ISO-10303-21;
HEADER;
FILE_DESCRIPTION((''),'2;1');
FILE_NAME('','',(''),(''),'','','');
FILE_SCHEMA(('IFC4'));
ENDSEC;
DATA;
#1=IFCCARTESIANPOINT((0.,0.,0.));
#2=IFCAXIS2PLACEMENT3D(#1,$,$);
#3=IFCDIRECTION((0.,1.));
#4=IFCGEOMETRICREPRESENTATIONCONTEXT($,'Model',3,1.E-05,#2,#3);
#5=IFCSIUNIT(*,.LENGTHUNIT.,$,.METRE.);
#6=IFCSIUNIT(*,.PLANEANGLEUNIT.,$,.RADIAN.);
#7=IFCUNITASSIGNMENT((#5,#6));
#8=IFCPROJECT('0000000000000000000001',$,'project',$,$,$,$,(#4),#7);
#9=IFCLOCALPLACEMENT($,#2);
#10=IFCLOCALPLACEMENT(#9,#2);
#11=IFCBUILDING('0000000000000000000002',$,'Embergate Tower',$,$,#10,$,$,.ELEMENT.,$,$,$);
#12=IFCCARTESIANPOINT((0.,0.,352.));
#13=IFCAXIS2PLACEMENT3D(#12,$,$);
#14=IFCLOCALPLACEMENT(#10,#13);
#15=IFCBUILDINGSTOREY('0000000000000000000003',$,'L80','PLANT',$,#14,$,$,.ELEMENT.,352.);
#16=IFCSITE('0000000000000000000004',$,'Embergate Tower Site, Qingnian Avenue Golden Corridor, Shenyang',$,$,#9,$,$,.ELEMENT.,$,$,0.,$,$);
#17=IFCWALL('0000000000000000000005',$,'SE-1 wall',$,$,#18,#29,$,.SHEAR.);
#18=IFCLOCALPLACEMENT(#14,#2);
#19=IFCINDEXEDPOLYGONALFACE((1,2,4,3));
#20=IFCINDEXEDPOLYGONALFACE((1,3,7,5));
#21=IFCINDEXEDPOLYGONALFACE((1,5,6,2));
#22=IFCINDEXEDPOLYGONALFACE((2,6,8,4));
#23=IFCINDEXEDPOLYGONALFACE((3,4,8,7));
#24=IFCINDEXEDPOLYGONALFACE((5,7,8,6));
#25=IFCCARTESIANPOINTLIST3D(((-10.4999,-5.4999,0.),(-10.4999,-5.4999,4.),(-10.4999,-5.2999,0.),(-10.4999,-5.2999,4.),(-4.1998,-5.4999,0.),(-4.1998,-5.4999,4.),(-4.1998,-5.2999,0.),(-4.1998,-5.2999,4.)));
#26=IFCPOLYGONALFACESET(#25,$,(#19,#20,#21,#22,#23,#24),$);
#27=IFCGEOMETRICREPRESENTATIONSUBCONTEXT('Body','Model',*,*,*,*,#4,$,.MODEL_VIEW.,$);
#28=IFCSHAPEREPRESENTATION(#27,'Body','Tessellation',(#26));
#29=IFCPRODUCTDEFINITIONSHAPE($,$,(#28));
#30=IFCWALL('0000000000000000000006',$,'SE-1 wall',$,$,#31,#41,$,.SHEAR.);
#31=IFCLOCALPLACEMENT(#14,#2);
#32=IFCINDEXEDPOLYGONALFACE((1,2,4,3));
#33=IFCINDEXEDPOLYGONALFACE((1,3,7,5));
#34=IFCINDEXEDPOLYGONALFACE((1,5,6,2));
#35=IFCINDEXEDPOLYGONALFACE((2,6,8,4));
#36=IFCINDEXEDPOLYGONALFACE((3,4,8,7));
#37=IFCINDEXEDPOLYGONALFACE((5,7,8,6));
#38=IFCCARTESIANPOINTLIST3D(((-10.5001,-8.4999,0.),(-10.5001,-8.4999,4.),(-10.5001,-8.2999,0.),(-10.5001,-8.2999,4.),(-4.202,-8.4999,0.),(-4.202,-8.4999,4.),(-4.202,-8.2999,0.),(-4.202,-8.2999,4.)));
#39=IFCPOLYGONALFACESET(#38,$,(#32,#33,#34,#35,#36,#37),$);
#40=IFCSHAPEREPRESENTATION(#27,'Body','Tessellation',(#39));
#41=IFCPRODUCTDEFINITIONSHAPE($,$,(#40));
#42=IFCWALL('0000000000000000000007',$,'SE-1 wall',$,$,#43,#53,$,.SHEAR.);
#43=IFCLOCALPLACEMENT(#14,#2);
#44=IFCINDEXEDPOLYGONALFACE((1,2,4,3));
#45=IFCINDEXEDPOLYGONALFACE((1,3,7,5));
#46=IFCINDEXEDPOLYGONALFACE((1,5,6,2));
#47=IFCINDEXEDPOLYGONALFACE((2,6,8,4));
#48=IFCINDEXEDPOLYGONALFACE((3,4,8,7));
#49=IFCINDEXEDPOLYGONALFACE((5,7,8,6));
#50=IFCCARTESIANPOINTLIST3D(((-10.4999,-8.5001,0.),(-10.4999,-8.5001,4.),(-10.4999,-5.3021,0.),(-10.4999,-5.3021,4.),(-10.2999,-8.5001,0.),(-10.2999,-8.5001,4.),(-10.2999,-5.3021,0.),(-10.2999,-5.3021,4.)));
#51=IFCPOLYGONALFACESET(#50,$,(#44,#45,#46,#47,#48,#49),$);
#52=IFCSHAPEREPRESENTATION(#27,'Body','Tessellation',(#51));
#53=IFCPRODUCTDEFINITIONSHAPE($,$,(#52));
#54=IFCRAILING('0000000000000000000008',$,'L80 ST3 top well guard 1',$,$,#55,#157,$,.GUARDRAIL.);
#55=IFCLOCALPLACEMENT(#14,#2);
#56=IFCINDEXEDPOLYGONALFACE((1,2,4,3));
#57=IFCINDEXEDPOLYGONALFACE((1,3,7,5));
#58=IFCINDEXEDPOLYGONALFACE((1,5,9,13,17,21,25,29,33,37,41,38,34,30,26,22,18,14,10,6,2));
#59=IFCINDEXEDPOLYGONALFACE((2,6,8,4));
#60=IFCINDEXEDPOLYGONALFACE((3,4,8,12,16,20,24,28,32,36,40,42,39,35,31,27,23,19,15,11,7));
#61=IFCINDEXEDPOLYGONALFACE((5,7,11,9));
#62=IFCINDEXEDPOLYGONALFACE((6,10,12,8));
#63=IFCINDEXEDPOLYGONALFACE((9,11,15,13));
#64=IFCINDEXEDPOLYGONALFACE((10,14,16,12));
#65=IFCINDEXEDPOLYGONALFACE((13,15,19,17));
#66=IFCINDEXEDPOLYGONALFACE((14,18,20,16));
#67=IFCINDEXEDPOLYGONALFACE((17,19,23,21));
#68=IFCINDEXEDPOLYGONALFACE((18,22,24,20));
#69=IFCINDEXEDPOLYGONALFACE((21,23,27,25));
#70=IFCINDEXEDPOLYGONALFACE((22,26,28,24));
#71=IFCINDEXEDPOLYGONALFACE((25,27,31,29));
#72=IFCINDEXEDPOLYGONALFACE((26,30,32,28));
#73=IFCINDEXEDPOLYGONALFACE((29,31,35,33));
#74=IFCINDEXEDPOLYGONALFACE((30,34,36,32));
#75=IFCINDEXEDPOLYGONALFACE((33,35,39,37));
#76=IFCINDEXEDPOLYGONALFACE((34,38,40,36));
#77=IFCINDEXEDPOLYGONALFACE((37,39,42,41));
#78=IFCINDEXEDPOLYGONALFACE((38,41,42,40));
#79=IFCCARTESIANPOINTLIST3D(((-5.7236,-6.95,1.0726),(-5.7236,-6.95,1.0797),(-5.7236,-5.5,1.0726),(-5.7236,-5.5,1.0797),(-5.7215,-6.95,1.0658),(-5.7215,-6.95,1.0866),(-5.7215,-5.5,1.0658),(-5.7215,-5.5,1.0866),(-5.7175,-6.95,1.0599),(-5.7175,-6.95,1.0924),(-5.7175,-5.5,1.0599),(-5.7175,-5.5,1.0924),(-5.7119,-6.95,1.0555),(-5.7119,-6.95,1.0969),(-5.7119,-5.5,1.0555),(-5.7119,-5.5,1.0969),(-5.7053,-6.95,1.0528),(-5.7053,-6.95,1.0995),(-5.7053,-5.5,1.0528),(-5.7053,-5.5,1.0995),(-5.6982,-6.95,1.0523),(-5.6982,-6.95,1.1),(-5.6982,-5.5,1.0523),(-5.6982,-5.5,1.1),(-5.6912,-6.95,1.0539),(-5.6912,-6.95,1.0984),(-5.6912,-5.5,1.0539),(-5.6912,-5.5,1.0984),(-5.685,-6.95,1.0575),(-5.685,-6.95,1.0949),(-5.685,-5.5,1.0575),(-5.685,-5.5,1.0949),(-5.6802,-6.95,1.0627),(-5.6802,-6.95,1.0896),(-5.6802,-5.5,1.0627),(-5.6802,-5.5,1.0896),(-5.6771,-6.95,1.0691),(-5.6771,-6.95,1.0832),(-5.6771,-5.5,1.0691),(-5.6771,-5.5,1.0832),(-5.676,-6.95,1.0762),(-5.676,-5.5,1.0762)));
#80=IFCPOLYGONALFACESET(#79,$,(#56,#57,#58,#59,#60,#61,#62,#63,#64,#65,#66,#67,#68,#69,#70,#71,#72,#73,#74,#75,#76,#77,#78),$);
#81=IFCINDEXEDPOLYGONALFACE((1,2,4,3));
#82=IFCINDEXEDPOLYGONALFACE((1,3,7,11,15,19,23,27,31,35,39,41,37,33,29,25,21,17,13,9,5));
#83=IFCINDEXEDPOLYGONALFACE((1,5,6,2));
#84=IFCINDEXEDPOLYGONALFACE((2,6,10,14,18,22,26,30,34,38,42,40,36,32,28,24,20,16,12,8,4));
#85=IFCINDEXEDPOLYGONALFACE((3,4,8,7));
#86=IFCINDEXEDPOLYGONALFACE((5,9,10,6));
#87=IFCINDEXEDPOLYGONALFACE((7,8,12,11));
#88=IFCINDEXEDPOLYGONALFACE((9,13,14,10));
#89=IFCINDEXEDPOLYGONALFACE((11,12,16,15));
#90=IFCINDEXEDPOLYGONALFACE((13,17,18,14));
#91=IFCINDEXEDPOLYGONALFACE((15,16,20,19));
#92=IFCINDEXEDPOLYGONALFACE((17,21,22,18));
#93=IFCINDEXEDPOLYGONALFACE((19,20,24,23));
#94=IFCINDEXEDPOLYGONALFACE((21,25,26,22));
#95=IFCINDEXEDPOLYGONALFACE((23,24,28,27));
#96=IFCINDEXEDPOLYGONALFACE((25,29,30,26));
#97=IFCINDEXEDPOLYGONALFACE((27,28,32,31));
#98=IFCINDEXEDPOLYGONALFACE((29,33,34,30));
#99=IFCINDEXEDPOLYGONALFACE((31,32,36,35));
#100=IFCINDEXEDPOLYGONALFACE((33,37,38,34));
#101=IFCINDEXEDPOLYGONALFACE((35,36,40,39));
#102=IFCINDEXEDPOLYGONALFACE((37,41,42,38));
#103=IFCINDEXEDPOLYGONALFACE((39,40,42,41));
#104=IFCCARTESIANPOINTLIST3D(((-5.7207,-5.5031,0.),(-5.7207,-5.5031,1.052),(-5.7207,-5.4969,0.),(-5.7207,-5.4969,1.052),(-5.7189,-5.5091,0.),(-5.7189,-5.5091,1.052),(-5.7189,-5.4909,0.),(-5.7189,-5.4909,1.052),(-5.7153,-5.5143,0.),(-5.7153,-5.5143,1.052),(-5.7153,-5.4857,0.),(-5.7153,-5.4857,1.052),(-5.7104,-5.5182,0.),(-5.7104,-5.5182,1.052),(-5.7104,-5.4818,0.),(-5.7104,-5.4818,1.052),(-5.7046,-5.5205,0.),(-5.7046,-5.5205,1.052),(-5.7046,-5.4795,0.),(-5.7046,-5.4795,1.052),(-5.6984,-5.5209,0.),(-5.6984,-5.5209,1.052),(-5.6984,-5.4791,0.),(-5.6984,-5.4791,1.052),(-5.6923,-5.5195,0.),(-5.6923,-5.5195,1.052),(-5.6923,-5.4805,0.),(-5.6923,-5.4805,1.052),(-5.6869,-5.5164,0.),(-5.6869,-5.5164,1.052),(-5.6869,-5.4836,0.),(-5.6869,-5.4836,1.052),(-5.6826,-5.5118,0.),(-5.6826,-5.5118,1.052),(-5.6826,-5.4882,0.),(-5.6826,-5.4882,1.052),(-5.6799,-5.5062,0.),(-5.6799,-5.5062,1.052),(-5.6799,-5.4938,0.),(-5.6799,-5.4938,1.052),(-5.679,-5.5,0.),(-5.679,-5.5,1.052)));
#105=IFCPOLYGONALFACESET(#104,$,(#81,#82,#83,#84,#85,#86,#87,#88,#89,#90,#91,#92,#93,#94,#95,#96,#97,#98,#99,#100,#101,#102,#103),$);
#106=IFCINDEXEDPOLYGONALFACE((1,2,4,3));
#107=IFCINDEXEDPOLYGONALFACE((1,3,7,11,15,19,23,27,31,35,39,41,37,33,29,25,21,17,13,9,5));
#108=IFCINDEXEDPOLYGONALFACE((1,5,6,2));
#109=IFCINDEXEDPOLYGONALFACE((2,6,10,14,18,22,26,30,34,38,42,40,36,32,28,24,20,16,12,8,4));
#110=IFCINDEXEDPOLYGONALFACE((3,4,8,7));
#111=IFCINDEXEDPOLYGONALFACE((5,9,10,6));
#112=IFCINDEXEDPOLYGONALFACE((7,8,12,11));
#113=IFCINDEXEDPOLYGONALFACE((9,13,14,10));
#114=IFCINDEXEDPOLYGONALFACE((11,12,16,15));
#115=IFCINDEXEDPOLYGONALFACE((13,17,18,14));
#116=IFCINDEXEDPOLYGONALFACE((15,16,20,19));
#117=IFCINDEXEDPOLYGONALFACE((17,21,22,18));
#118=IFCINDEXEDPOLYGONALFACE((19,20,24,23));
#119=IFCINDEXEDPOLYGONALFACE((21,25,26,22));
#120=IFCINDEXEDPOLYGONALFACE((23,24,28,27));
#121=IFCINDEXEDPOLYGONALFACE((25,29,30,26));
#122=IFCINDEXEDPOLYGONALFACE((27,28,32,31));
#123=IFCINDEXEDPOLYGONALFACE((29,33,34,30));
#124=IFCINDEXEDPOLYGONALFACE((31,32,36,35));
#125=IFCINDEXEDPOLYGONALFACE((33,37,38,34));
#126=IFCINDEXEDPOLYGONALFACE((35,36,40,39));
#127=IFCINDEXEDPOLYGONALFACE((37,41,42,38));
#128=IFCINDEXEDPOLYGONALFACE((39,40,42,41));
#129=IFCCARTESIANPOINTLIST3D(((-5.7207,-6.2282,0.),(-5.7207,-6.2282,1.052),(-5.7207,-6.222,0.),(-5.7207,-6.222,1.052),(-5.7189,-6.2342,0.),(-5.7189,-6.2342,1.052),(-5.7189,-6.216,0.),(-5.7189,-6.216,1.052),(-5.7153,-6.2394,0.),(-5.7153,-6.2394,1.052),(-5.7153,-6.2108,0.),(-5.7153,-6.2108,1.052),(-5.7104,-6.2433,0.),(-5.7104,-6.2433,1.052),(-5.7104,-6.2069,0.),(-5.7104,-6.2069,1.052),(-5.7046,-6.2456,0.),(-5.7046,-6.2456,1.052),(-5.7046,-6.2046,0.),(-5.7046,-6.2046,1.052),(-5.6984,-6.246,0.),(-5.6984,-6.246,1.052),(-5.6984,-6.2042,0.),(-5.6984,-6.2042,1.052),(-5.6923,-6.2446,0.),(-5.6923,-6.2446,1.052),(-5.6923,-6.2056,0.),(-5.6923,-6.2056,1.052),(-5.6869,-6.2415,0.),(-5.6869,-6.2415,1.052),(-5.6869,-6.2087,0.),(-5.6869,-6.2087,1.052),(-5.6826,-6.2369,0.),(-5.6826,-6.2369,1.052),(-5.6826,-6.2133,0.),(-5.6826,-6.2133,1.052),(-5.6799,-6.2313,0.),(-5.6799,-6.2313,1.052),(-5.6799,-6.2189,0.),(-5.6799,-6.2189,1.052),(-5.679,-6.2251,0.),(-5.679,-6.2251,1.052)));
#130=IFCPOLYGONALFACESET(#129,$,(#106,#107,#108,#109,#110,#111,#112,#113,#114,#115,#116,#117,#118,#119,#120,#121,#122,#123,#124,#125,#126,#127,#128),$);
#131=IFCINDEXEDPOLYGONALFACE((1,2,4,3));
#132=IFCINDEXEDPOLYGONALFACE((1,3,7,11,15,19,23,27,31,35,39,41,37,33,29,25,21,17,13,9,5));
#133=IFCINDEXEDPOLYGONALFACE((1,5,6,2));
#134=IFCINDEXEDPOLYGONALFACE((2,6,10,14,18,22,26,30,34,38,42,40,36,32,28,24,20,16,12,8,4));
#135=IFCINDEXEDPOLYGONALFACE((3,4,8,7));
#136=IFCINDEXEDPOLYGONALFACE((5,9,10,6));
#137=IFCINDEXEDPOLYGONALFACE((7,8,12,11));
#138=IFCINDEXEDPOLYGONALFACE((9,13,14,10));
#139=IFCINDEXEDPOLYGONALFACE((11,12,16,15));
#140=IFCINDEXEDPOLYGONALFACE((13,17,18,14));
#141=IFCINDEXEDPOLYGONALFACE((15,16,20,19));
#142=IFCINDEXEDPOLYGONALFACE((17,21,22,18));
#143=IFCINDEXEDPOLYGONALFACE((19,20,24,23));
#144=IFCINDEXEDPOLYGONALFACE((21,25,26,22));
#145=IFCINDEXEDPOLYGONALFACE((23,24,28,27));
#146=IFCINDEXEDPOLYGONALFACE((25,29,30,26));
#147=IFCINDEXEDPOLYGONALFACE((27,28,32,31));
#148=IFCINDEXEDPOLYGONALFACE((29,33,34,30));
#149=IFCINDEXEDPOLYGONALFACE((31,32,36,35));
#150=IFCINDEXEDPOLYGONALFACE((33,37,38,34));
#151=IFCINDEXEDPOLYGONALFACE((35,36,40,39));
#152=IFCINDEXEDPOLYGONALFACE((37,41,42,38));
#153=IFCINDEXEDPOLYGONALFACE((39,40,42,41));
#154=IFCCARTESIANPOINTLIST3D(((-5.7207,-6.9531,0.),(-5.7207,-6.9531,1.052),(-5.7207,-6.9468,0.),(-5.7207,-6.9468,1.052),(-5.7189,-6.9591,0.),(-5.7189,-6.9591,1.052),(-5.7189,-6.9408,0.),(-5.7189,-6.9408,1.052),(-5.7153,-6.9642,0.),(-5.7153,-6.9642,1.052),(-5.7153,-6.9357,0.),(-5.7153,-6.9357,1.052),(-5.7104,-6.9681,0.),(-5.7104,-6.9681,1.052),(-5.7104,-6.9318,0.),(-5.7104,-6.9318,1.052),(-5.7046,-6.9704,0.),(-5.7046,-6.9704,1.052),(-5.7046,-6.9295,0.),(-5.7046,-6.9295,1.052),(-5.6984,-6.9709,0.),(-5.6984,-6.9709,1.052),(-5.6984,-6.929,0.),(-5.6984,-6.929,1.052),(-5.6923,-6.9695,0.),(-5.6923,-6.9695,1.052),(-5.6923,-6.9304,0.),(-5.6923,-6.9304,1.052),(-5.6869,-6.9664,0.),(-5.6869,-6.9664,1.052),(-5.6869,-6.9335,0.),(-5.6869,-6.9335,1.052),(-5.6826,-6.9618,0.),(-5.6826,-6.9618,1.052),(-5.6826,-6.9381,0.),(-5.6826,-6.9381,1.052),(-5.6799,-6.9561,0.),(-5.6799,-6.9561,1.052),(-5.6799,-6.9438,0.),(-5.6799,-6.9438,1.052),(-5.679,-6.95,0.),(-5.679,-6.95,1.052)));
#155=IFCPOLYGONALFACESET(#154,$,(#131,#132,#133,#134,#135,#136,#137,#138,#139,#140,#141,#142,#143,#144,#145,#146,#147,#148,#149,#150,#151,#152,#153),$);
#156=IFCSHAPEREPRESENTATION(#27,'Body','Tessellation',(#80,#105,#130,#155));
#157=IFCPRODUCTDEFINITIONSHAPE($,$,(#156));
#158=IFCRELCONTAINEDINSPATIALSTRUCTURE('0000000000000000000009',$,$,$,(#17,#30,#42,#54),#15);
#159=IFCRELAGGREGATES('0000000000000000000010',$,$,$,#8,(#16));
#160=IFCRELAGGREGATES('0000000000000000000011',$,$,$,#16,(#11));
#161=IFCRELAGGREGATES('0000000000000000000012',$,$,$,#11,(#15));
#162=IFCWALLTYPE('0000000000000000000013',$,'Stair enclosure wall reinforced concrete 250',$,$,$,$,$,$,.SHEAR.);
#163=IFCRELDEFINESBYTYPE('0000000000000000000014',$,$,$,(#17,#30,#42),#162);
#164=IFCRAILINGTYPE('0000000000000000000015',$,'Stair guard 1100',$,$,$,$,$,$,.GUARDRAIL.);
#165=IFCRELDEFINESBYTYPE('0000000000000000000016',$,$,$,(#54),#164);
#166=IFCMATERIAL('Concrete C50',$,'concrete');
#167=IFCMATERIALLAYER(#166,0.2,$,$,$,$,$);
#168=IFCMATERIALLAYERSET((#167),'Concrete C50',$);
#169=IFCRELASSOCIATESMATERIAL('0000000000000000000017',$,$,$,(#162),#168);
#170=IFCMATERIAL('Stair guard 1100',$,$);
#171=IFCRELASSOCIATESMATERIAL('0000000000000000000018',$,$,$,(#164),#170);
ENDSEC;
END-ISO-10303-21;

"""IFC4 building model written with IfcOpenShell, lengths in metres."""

from ifc_helpers import new_model, si_unit, direction, frame, frame_2d, origin, origin_2d, place, context, subcontext, project, spatial, rectangle, circle, extrude, source, transform, mapped, material, layer, layer_set, type_object, element, save


model = new_model("IFC4")

# Units and contexts
model_context = context("Model", 3, precision=1e-05, world=origin(), true_north=direction((0.0, 1.0)))
body_context = subcontext(model_context, "Body", "Model", "MODEL_VIEW")
ifc_project = project(units=[si_unit("LENGTHUNIT", "METRE"), si_unit("PLANEANGLEUNIT", "RADIAN")], contexts=[model_context])

# Site, building, storey
site_placement = place(None, origin())
site = spatial("IfcSite", under=ifc_project, at=site_placement, Name="Embergate Tower Site, Qingnian Avenue Golden Corridor, Shenyang", CompositionType="ELEMENT", RefElevation=0.0)
building_placement = place(site_placement, origin())
building = spatial("IfcBuilding", under=site, at=building_placement, Name="Embergate Tower", CompositionType="ELEMENT")
storey_placement = place(building_placement, frame((0.0, 0.0, 352.0)))
storey = spatial("IfcBuildingStorey", under=building, at=storey_placement, Name="L80", Description="PLANT", CompositionType="ELEMENT", Elevation=352.0)

# Shared definitions
ifc_material_1 = material(Name="Concrete C50", Category="concrete")

# Shared definitions
ifc_layer_1 = layer(ifc_material_1, 0.2)
ifc_layer_set_1 = layer_set([ifc_layer_1], Name="Concrete C50")
wall_type_1 = type_object("IfcWallType", Name="Stair enclosure wall reinforced concrete 250", PredefinedType="SHEAR", material=ifc_layer_set_1)

# Walls
shared_shape_1 = source(origin(), body_context, "Body", "SweptSolid", [
    extrude(rectangle(XDim=6.3, YDim=0.2, at=frame_2d((3.1499, 0.0))), origin(), (0.0, 0.0, 1.0), 4.0),
])
wall_1_placement = place(storey_placement, frame((-4.2, -5.3999, 0.0), z_axis=(0.0, 0.0, 1.0), x_axis=(-1.0, 0.0, 0.0)))
element("IfcWall", 1, at=wall_1_placement, inside=storey, type_object=wall_type_1, Name="SE-1 wall", PredefinedType="SHEAR", context=body_context, shape_type="MappedRepresentation", body=[
    mapped(shared_shape_1, transform((0.0, 0.0, 0.0))),
])
shared_shape_2 = source(origin(), body_context, "Body", "SweptSolid", [
    extrude(rectangle(XDim=6.2981, YDim=0.2, at=frame_2d((3.1489, 0.0))), origin(), (0.0, 0.0, 1.0), 4.0),
])
wall_2_placement = place(storey_placement, frame((-10.5, -8.3999, 0.0), z_axis=(0.0, 0.0, 1.0), x_axis=(1.0, 0.0, 0.0)))
element("IfcWall", 2, at=wall_2_placement, inside=storey, type_object=wall_type_1, Name="SE-1 wall", PredefinedType="SHEAR", context=body_context, shape_type="MappedRepresentation", body=[
    mapped(shared_shape_2, transform((0.0, 0.0, 0.0))),
])
shared_shape_3 = source(origin(), body_context, "Body", "SweptSolid", [
    extrude(rectangle(XDim=3.198, YDim=0.2, at=frame_2d((1.5991, 0.0))), origin(), (0.0, 0.0, 1.0), 4.0),
])
wall_3_placement = place(storey_placement, frame((-10.3999, -5.302, 0.0), z_axis=(0.0, 0.0, 1.0), x_axis=(0.0, -1.0, 0.0)))
element("IfcWall", 3, at=wall_3_placement, inside=storey, type_object=wall_type_1, Name="SE-1 wall", PredefinedType="SHEAR", context=body_context, shape_type="MappedRepresentation", body=[
    mapped(shared_shape_3, transform((0.0, 0.0, 0.0))),
])

# Railing
ifc_material_2 = material(Name="Stair guard 1100")
railing_type = type_object("IfcRailingType", Name="Stair guard 1100", PredefinedType="GUARDRAIL", material=ifc_material_2)
shared_shape_4 = source(origin(), body_context, "Body", "SweptSolid", [
    extrude(circle(Radius=0.0239, at=origin_2d()), frame((0.0, 0.0, 1.0762), z_axis=(0.0, -1.0, 0.0), x_axis=(1.0, 0.0, 0.0)), (0.0, 0.0, 1.0), 1.45),
    extrude(circle(Radius=0.021, at=origin_2d()), origin(), (0.0, 0.0, 1.0), 1.052),
    extrude(circle(Radius=0.021, at=origin_2d()), frame((0.0, -0.7251, 0.0)), (0.0, 0.0, 1.0), 1.052),
    extrude(circle(Radius=0.021, at=origin_2d()), frame((0.0, -1.45, 0.0)), (0.0, 0.0, 1.0), 1.052),
])
railing_placement = place(storey_placement, frame((-5.7, -5.5, 0.0)))
element("IfcRailing", 4, at=railing_placement, inside=storey, type_object=railing_type, Name="L80 ST3 top well guard 1", PredefinedType="GUARDRAIL", context=body_context, shape_type="MappedRepresentation", body=[
    mapped(shared_shape_4, transform((0.0, 0.0, 0.0))),
])

save(model, "model.ifc")
